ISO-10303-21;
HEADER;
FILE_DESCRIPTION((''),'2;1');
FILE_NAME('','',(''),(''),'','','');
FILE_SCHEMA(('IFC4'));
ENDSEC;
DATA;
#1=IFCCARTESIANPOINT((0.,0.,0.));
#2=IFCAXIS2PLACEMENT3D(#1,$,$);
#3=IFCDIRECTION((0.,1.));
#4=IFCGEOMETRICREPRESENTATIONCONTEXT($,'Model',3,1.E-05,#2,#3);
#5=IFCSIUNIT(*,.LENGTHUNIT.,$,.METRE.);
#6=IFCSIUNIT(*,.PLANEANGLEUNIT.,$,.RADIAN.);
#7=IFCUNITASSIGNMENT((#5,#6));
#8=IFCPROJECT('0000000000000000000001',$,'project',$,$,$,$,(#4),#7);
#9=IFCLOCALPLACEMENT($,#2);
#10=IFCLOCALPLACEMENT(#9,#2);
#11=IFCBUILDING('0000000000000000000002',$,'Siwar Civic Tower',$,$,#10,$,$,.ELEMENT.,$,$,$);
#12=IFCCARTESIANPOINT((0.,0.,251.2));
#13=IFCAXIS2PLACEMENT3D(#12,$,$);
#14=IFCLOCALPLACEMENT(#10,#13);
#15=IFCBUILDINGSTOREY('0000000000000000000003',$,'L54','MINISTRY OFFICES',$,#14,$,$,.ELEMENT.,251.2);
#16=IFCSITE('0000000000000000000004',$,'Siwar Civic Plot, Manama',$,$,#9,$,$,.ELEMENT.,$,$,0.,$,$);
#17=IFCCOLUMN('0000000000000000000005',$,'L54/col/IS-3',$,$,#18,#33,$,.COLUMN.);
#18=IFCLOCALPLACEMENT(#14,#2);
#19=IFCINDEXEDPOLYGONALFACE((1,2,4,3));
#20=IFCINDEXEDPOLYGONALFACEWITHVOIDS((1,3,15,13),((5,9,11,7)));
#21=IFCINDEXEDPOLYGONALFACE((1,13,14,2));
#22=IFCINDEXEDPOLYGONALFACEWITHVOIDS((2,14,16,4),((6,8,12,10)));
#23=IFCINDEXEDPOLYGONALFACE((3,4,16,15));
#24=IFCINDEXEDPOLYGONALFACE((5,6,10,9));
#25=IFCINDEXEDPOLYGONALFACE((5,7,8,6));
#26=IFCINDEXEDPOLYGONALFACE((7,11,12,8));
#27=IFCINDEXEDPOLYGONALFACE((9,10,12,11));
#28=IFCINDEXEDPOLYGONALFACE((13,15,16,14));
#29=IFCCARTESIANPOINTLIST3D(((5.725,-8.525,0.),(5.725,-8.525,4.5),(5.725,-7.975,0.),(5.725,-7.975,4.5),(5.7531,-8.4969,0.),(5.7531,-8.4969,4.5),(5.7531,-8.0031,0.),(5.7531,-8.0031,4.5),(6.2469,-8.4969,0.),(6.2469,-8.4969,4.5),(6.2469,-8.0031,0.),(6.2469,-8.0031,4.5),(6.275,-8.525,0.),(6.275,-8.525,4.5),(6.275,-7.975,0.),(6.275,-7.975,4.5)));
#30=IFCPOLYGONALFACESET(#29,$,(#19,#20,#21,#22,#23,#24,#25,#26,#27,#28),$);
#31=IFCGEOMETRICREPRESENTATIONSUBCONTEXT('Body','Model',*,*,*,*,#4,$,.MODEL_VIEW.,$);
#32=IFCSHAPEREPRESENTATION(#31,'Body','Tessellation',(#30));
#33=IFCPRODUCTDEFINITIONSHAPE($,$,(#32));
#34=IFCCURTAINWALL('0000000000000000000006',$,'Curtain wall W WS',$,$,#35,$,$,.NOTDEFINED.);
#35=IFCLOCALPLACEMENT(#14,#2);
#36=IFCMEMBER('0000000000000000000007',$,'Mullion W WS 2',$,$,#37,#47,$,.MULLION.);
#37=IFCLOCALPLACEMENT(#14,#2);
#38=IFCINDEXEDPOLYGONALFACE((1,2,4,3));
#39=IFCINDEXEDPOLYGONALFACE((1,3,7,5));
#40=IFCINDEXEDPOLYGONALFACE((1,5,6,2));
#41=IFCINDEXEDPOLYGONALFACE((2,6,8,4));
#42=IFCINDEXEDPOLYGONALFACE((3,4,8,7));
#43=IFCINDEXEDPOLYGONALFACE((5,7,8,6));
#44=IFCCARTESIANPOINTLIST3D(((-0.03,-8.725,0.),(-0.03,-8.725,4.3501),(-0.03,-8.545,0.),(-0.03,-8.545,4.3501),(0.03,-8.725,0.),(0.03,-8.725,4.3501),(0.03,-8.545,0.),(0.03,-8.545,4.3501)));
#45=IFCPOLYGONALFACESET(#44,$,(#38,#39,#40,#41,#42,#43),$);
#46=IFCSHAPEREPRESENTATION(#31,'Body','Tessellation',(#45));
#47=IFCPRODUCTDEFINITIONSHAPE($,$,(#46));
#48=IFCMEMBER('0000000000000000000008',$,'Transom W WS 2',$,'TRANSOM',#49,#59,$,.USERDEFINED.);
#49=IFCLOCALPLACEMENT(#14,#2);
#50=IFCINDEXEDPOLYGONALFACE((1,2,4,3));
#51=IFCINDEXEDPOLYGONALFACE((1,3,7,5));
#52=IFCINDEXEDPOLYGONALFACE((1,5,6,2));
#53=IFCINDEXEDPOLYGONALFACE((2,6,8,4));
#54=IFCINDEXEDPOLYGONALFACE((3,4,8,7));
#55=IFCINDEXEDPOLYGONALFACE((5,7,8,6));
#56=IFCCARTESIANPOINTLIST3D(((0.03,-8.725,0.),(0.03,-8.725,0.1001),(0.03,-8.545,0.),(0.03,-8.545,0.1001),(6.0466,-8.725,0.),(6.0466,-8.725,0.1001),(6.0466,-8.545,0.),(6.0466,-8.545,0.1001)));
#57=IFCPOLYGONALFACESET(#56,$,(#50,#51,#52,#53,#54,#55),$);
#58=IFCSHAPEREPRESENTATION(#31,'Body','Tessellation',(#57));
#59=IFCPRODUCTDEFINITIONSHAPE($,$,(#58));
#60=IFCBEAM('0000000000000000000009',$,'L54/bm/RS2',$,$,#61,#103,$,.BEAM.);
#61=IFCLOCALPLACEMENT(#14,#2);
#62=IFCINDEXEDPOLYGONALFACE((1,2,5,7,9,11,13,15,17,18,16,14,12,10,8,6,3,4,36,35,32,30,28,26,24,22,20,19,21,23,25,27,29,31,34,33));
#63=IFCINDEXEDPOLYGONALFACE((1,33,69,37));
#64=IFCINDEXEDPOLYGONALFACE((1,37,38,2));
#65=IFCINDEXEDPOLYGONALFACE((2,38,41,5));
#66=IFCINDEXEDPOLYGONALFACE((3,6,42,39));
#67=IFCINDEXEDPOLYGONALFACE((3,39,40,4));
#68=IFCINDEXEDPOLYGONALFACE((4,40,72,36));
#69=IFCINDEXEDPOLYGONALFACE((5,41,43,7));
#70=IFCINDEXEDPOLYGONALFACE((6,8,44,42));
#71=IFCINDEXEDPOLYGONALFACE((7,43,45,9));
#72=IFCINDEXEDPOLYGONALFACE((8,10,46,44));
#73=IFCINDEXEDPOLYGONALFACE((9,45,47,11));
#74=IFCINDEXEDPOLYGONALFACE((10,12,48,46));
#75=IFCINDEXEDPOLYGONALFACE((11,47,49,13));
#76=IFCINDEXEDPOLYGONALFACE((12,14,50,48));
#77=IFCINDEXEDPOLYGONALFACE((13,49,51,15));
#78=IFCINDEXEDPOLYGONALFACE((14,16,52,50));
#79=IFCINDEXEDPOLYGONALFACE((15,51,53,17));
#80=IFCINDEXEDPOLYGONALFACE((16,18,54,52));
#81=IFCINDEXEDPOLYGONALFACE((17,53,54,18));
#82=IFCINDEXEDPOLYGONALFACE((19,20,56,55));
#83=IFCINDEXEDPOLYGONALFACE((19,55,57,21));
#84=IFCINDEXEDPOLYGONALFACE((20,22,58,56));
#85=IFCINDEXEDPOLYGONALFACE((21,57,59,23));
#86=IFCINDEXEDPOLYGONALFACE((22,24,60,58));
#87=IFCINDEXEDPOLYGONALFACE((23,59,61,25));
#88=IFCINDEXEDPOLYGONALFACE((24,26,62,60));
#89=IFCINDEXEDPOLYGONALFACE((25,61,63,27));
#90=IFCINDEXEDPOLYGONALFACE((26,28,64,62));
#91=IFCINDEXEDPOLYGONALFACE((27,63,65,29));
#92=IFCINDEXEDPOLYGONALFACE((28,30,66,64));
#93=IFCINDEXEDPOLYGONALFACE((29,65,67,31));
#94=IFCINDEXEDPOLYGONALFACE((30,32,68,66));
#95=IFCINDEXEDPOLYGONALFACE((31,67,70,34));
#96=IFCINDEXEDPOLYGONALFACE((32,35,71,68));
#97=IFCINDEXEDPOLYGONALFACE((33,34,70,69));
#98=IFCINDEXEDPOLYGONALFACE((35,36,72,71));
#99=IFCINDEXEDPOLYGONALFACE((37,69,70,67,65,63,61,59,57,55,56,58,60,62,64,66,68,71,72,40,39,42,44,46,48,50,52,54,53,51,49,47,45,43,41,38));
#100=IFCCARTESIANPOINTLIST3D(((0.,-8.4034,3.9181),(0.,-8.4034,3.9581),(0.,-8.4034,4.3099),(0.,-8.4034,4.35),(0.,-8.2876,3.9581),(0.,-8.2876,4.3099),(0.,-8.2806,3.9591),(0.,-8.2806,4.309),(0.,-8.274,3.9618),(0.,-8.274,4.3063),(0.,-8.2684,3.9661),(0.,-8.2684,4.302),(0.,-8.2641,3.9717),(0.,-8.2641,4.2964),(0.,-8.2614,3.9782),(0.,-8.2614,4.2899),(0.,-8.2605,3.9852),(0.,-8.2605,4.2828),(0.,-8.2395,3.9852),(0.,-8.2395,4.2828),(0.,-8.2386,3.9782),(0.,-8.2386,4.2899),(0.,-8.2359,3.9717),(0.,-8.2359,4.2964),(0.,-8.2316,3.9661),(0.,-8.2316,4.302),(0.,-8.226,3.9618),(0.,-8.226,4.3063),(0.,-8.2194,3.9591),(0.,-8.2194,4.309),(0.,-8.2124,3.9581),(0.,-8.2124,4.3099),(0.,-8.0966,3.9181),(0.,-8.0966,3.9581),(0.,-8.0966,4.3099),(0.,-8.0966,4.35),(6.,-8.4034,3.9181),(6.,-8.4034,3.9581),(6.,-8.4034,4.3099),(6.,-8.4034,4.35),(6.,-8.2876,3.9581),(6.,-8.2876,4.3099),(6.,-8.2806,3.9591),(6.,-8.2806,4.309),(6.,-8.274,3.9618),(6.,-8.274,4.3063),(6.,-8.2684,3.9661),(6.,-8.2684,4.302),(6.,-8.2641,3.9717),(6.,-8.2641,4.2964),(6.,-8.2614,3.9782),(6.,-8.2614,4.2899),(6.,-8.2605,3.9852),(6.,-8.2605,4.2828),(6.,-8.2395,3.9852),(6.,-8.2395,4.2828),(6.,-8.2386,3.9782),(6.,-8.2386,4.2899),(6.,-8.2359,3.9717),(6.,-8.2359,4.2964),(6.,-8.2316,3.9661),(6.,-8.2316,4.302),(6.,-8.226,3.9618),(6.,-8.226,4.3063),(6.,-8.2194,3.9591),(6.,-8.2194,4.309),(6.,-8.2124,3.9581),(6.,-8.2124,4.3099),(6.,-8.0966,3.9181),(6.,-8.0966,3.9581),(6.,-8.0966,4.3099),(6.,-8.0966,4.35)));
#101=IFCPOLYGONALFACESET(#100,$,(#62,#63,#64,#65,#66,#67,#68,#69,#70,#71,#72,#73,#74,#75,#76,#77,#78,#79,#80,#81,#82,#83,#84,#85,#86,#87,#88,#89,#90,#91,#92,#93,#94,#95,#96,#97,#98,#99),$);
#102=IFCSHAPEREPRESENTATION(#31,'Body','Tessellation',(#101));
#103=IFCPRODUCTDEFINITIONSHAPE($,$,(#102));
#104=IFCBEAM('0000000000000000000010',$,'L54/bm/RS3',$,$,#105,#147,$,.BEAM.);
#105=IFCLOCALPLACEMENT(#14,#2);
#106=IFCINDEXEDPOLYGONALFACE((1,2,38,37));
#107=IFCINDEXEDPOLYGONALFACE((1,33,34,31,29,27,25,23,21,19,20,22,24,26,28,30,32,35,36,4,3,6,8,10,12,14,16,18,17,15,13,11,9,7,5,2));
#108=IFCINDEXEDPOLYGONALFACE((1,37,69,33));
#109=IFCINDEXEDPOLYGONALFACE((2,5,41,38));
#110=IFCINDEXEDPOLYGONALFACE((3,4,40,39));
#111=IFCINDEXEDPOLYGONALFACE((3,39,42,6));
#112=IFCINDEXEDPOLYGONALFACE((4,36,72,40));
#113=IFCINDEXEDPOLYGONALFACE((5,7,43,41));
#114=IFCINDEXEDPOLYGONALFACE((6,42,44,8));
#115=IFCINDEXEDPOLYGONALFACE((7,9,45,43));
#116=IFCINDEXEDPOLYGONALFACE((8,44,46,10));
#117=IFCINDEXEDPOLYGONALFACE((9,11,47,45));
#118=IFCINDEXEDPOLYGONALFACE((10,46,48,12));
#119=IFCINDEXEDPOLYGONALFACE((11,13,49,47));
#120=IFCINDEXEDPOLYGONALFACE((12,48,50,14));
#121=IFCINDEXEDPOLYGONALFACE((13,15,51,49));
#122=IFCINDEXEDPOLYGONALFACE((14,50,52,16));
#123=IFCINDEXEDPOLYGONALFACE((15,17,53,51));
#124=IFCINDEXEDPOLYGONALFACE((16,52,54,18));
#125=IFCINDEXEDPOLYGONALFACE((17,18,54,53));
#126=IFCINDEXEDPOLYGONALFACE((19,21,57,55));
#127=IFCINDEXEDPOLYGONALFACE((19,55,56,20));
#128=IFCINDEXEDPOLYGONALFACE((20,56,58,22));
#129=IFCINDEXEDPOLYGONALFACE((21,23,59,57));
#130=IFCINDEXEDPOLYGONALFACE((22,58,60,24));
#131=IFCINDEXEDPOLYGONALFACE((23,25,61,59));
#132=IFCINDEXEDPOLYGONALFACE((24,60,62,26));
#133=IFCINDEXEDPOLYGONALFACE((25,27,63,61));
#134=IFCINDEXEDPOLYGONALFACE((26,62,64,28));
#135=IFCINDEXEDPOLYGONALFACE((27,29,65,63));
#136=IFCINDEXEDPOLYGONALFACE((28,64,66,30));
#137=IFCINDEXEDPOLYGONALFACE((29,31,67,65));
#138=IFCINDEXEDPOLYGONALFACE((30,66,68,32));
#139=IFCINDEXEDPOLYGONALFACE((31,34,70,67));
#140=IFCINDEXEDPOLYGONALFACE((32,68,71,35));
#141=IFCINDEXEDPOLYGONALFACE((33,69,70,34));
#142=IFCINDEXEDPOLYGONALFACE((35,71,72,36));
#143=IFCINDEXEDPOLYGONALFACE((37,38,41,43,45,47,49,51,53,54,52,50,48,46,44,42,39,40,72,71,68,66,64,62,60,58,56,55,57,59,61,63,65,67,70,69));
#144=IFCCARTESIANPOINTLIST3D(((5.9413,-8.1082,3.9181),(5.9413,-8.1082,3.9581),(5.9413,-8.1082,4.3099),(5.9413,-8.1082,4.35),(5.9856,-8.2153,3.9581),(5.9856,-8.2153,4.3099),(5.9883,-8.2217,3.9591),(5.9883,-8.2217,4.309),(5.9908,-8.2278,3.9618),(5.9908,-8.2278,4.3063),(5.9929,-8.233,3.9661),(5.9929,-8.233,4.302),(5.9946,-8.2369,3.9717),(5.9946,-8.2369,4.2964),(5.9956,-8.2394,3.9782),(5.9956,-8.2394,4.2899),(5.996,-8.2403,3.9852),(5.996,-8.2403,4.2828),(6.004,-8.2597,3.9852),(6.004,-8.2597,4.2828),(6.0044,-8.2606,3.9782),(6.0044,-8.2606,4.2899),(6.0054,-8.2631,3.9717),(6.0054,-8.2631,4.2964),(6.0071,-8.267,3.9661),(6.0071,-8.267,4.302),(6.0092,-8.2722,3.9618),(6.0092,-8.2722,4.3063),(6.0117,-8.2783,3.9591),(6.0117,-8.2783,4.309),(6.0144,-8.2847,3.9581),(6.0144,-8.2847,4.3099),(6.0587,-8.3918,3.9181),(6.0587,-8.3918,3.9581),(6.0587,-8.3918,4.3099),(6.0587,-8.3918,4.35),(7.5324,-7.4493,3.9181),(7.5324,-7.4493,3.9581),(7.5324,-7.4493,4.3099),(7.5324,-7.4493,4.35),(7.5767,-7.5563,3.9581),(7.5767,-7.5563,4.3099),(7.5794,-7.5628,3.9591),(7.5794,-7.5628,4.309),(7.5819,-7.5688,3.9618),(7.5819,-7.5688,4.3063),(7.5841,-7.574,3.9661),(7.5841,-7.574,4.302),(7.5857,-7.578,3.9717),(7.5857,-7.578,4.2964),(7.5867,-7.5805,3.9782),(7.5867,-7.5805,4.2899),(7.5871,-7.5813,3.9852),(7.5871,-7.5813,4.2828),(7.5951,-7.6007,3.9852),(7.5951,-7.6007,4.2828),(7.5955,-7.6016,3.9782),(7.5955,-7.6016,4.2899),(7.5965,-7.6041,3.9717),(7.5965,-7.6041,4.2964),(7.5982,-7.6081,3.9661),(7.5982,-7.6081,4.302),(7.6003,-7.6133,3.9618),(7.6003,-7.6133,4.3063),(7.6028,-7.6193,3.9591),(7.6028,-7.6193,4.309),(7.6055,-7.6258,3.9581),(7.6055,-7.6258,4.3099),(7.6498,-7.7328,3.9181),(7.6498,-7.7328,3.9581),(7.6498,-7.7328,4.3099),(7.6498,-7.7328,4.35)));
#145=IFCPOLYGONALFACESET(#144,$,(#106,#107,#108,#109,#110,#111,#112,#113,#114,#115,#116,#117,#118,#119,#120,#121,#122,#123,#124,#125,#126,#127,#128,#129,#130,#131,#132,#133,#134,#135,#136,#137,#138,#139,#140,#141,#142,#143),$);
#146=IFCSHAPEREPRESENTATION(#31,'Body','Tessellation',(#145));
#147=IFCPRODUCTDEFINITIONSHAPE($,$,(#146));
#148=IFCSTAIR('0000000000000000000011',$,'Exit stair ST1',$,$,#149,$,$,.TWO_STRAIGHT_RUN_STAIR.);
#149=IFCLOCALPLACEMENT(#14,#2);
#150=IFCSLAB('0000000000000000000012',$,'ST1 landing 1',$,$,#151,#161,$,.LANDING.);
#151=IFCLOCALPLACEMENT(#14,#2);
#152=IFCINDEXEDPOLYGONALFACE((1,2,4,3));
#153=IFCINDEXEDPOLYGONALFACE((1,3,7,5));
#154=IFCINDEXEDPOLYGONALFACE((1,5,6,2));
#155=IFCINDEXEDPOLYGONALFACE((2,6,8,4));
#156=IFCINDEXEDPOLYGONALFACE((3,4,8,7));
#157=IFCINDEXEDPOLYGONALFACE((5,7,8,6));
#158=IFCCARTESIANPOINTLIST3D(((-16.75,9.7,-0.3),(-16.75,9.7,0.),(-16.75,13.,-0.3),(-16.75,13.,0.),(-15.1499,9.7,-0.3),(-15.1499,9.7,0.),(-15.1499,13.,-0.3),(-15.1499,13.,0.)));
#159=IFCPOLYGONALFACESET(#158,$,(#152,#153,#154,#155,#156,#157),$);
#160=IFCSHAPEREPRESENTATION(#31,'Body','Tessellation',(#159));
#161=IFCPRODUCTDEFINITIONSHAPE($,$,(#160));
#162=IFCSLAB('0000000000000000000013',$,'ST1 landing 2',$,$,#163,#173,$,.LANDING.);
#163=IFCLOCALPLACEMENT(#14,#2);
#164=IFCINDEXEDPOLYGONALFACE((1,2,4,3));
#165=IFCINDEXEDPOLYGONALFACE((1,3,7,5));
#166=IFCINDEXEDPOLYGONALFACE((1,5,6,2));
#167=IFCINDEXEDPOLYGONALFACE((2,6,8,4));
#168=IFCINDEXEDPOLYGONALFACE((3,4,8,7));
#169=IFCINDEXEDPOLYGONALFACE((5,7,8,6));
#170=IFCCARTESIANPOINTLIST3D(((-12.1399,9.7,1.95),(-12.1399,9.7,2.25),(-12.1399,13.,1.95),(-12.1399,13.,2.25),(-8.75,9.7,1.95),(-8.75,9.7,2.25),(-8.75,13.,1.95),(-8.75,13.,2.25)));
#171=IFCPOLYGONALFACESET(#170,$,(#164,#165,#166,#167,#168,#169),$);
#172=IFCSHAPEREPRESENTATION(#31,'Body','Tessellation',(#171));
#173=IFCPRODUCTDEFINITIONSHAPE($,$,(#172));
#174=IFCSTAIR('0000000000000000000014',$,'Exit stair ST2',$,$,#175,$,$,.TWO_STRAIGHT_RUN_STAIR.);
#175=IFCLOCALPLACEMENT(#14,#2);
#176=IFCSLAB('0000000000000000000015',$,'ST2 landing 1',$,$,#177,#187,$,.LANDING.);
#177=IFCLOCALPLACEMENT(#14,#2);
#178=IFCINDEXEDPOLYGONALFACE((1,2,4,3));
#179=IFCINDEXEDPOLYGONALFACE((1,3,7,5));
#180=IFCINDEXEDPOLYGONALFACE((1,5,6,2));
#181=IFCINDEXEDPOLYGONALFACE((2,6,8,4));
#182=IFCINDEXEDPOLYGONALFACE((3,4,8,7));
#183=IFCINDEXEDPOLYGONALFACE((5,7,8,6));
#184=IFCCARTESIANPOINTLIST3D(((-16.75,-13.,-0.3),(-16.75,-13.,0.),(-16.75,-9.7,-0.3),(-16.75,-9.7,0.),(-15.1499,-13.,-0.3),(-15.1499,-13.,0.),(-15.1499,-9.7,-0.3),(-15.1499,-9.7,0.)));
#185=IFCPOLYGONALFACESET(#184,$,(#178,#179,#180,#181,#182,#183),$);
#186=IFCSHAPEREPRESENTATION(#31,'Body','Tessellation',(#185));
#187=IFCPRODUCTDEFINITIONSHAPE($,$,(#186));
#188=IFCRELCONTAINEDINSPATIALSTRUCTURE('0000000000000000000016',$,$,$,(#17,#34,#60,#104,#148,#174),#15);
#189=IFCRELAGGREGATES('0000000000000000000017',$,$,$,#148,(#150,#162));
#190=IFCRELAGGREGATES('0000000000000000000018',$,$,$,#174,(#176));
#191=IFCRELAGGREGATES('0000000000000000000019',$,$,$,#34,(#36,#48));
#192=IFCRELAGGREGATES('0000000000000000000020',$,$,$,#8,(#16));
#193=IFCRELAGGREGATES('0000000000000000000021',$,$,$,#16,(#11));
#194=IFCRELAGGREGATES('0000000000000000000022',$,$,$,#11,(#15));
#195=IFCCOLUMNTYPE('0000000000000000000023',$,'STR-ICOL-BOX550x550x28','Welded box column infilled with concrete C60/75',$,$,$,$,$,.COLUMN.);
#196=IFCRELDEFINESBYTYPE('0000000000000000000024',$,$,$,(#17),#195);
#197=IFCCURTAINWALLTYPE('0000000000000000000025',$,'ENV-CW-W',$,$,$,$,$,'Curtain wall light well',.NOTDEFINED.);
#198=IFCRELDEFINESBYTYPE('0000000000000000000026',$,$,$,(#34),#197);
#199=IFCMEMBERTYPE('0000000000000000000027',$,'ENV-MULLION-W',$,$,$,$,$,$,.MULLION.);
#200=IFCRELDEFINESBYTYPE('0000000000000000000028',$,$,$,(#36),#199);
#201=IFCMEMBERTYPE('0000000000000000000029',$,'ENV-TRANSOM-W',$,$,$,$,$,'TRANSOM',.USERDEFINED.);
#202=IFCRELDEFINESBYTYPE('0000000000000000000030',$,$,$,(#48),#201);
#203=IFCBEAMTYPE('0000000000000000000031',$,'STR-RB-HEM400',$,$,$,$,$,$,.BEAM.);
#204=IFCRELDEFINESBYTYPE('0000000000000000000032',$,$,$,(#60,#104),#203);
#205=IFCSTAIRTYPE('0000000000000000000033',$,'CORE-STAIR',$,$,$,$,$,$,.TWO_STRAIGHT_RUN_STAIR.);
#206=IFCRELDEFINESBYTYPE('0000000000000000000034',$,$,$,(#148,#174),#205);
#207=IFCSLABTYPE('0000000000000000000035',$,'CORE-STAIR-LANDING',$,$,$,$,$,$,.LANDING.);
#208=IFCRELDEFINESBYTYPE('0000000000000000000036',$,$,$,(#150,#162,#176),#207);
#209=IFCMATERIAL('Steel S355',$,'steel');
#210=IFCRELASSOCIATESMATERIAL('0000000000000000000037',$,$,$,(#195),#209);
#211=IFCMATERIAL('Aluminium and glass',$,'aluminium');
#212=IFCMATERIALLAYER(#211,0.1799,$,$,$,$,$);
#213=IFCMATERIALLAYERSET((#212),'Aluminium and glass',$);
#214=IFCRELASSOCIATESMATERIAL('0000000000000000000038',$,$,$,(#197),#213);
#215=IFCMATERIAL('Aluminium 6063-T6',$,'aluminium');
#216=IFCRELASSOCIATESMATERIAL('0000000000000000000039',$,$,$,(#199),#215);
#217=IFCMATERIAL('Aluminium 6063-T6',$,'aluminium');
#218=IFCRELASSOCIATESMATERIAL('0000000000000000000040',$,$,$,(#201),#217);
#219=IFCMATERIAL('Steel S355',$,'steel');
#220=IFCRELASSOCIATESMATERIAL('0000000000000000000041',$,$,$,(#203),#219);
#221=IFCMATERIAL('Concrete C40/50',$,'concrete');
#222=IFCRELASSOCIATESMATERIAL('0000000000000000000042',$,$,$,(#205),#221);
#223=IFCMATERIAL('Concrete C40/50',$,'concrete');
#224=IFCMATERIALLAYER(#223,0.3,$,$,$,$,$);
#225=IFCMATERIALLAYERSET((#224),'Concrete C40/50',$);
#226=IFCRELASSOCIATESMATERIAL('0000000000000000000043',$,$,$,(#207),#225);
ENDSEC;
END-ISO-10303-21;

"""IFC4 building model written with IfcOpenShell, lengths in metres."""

from ifc_helpers import new_model, si_unit, direction, frame, origin, origin_2d, place, context, subcontext, project, spatial, polyline, rectangle, hollow_rectangle, i_section, outline, extrude, material, layer, layer_set, material_profile, profile_set, type_object, element, aggregate, save


model = new_model("IFC4")

# Units and contexts
model_context = context("Model", 3, precision=1e-05, world=origin(), true_north=direction((0.0, 1.0)))
body_context = subcontext(model_context, "Body", "Model", "MODEL_VIEW")
ifc_project = project(units=[si_unit("LENGTHUNIT", "METRE"), si_unit("PLANEANGLEUNIT", "RADIAN")], contexts=[model_context])

# Site, building, storey
site_placement = place(None, origin())
site = spatial("IfcSite", under=ifc_project, at=site_placement, Name="Siwar Civic Plot, Manama", CompositionType="ELEMENT", RefElevation=0.0)
building_placement = place(site_placement, origin())
building = spatial("IfcBuilding", under=site, at=building_placement, Name="Siwar Civic Tower", CompositionType="ELEMENT")
storey_placement = place(building_placement, frame((0.0, 0.0, 251.2)))
storey = spatial("IfcBuildingStorey", under=building, at=storey_placement, Name="L54", Description="MINISTRY OFFICES", CompositionType="ELEMENT", Elevation=251.2)

# Column
ifc_material_1 = material(Name="Steel S355", Category="steel")
ifc_material_profile_1 = material_profile(ifc_material_1, hollow_rectangle(XDim=0.55, YDim=0.55, WallThickness=0.0281, at=origin_2d()), Name="BOX550x550x28")
ifc_profile_set_1 = profile_set([ifc_material_profile_1], Name="Steel S355")
column_type = type_object("IfcColumnType", Name="STR-ICOL-BOX550x550x28", Description="Welded box column infilled with concrete C60/75", PredefinedType="COLUMN", material=ifc_profile_set_1)
column_placement = place(storey_placement, frame((6.0, -8.25, 0.0), z_axis=(0.0, 0.0, 1.0), x_axis=(1.0, 0.0, 0.0)))
element("IfcColumn", 1, at=column_placement, inside=storey, type_object=column_type, Name="L54/col/IS-3", PredefinedType="COLUMN", context=body_context, shape_type="SweptSolid", body=[
    extrude(hollow_rectangle(XDim=0.55, YDim=0.55, WallThickness=0.0281, at=origin_2d()), origin(), (0.0, 0.0, 1.0), 4.5),
])

# Curtain wall, members
ifc_material_2 = material(Name="Aluminium and glass", Category="aluminium")
ifc_layer_1 = layer(ifc_material_2, 0.1799)
ifc_layer_set_1 = layer_set([ifc_layer_1], Name="Aluminium and glass")
curtain_wall_type = type_object("IfcCurtainWallType", Name="ENV-CW-W", ElementType="Curtain wall light well", PredefinedType="NOTDEFINED", material=ifc_layer_set_1)
curtain_wall_placement = place(storey_placement, origin())
curtain_wall = element("IfcCurtainWall", 2, at=curtain_wall_placement, inside=storey, type_object=curtain_wall_type, Name="Curtain wall W WS", PredefinedType="NOTDEFINED")
ifc_material_3 = material(Name="Aluminium 6063-T6", Category="aluminium")
ifc_material_profile_2 = material_profile(ifc_material_3, rectangle(XDim=0.1799, YDim=0.0601, at=origin_2d()), Name="AL 180x60")
ifc_profile_set_2 = profile_set([ifc_material_profile_2], Name="Aluminium 6063-T6")
member_type_1 = type_object("IfcMemberType", Name="ENV-MULLION-W", PredefinedType="MULLION", material=ifc_profile_set_2)
member_1_placement = place(storey_placement, frame((0.0, -8.635, 0.0), z_axis=(0.0, 0.0, 1.0), x_axis=(0.0, 1.0, 0.0)))
member_1 = element("IfcMember", 3, at=member_1_placement, type_object=member_type_1, Name="Mullion W WS 2", PredefinedType="MULLION", context=body_context, shape_type="SweptSolid", body=[
    extrude(rectangle(XDim=0.1799, YDim=0.0601, at=origin_2d()), origin(), (0.0, 0.0, 1.0), 4.3501),
])
ifc_material_4 = material(Name="Aluminium 6063-T6", Category="aluminium")
ifc_material_profile_3 = material_profile(ifc_material_4, rectangle(XDim=0.1799, YDim=0.1001, at=origin_2d()), Name="AL 180x100")
ifc_profile_set_3 = profile_set([ifc_material_profile_3], Name="Aluminium 6063-T6")
member_type_2 = type_object("IfcMemberType", Name="ENV-TRANSOM-W", ElementType="TRANSOM", PredefinedType="USERDEFINED", material=ifc_profile_set_3)
member_2_placement = place(storey_placement, frame((0.03, -8.635, 0.05), z_axis=(1.0, 0.0, 0.0), x_axis=(0.0, 1.0, 0.0)))
member_2 = element("IfcMember", 4, at=member_2_placement, type_object=member_type_2, Name="Transom W WS 2", ObjectType="TRANSOM", PredefinedType="USERDEFINED", context=body_context, shape_type="SweptSolid", body=[
    extrude(rectangle(XDim=0.1799, YDim=0.1001, at=origin_2d()), origin(), (0.0, 0.0, 1.0), 6.0166),
])

# Beams
ifc_material_5 = material(Name="Steel S355", Category="steel")
ifc_material_profile_4 = material_profile(ifc_material_5, i_section(OverallWidth=0.3069, OverallDepth=0.4319, WebThickness=0.021, FlangeThickness=0.04, FilletRadius=0.0271, at=origin_2d()), Name="HEM400")
ifc_profile_set_4 = profile_set([ifc_material_profile_4], Name="Steel S355")
beam_type = type_object("IfcBeamType", Name="STR-RB-HEM400", PredefinedType="BEAM", material=ifc_profile_set_4)
beam_1_placement = place(storey_placement, frame((0.0, -8.25, 4.134), z_axis=(1.0, 0.0, 0.0), x_axis=(0.0, 1.0, 0.0)))
element("IfcBeam", 5, at=beam_1_placement, inside=storey, type_object=beam_type, Name="L54/bm/RS2", PredefinedType="BEAM", context=body_context, shape_type="SweptSolid", body=[
    extrude(i_section(OverallWidth=0.3069, OverallDepth=0.4319, WebThickness=0.021, FlangeThickness=0.04, FilletRadius=0.0271, at=origin_2d()), origin(), (0.0, 0.0, 1.0), 6.0),
])
beam_2_placement = place(storey_placement, frame((6.0, -8.25, 4.134), z_axis=(0.923901, 0.382631, 0.0), x_axis=(-0.382631, 0.923901, 0.0)))
element("IfcBeam", 6, at=beam_2_placement, inside=storey, type_object=beam_type, Name="L54/bm/RS3", PredefinedType="BEAM", context=body_context, shape_type="SweptSolid", body=[
    extrude(i_section(OverallWidth=0.3069, OverallDepth=0.4319, WebThickness=0.021, FlangeThickness=0.04, FilletRadius=0.0271, at=origin_2d()), origin(), (0.0, 0.0, 1.0), 1.7222),
])

# Stairs, slabs
ifc_material_6 = material(Name="Concrete C40/50", Category="concrete")
stair_type = type_object("IfcStairType", Name="CORE-STAIR", PredefinedType="TWO_STRAIGHT_RUN_STAIR", material=ifc_material_6)
stair_1_placement = place(storey_placement, origin())
stair_1 = element("IfcStair", 7, at=stair_1_placement, inside=storey, type_object=stair_type, Name="Exit stair ST1", PredefinedType="TWO_STRAIGHT_RUN_STAIR")
ifc_material_7 = material(Name="Concrete C40/50", Category="concrete")
ifc_layer_2 = layer(ifc_material_7, 0.3)
ifc_layer_set_2 = layer_set([ifc_layer_2], Name="Concrete C40/50")
slab_type = type_object("IfcSlabType", Name="CORE-STAIR-LANDING", PredefinedType="LANDING", material=ifc_layer_set_2)
slab_1_placement = place(storey_placement, frame((0.0, 0.0, -0.3)))
slab_1 = element("IfcSlab", 8, at=slab_1_placement, type_object=slab_type, Name="ST1 landing 1", PredefinedType="LANDING", context=body_context, shape_type="SweptSolid", body=[
    extrude(outline(polyline([(-15.1499, 13.0), (-16.75, 13.0), (-16.75, 9.7), (-15.1499, 9.7), (-15.1499, 13.0)])), origin(), (0.0, 0.0, 1.0), 0.3),
])
slab_2_placement = place(storey_placement, frame((0.0, 0.0, 1.95)))
slab_2 = element("IfcSlab", 9, at=slab_2_placement, type_object=slab_type, Name="ST1 landing 2", PredefinedType="LANDING", context=body_context, shape_type="SweptSolid", body=[
    extrude(outline(polyline([(-8.75, 13.0), (-12.1399, 13.0), (-12.1399, 9.7), (-8.75, 9.7), (-8.75, 13.0)])), origin(), (0.0, 0.0, 1.0), 0.3),
])
aggregate(stair_1, [slab_1, slab_2])
stair_2_placement = place(storey_placement, origin())
stair_2 = element("IfcStair", 10, at=stair_2_placement, inside=storey, type_object=stair_type, Name="Exit stair ST2", PredefinedType="TWO_STRAIGHT_RUN_STAIR")
slab_3_placement = place(storey_placement, frame((0.0, 0.0, -0.3)))
slab_3 = element("IfcSlab", 11, at=slab_3_placement, type_object=slab_type, Name="ST2 landing 1", PredefinedType="LANDING", context=body_context, shape_type="SweptSolid", body=[
    extrude(outline(polyline([(-15.1499, -9.7), (-16.75, -9.7), (-16.75, -13.0), (-15.1499, -13.0), (-15.1499, -9.7)])), origin(), (0.0, 0.0, 1.0), 0.3),
])
aggregate(stair_2, [slab_3])

aggregate(curtain_wall, [member_1, member_2])

save(model, "model.ifc")
